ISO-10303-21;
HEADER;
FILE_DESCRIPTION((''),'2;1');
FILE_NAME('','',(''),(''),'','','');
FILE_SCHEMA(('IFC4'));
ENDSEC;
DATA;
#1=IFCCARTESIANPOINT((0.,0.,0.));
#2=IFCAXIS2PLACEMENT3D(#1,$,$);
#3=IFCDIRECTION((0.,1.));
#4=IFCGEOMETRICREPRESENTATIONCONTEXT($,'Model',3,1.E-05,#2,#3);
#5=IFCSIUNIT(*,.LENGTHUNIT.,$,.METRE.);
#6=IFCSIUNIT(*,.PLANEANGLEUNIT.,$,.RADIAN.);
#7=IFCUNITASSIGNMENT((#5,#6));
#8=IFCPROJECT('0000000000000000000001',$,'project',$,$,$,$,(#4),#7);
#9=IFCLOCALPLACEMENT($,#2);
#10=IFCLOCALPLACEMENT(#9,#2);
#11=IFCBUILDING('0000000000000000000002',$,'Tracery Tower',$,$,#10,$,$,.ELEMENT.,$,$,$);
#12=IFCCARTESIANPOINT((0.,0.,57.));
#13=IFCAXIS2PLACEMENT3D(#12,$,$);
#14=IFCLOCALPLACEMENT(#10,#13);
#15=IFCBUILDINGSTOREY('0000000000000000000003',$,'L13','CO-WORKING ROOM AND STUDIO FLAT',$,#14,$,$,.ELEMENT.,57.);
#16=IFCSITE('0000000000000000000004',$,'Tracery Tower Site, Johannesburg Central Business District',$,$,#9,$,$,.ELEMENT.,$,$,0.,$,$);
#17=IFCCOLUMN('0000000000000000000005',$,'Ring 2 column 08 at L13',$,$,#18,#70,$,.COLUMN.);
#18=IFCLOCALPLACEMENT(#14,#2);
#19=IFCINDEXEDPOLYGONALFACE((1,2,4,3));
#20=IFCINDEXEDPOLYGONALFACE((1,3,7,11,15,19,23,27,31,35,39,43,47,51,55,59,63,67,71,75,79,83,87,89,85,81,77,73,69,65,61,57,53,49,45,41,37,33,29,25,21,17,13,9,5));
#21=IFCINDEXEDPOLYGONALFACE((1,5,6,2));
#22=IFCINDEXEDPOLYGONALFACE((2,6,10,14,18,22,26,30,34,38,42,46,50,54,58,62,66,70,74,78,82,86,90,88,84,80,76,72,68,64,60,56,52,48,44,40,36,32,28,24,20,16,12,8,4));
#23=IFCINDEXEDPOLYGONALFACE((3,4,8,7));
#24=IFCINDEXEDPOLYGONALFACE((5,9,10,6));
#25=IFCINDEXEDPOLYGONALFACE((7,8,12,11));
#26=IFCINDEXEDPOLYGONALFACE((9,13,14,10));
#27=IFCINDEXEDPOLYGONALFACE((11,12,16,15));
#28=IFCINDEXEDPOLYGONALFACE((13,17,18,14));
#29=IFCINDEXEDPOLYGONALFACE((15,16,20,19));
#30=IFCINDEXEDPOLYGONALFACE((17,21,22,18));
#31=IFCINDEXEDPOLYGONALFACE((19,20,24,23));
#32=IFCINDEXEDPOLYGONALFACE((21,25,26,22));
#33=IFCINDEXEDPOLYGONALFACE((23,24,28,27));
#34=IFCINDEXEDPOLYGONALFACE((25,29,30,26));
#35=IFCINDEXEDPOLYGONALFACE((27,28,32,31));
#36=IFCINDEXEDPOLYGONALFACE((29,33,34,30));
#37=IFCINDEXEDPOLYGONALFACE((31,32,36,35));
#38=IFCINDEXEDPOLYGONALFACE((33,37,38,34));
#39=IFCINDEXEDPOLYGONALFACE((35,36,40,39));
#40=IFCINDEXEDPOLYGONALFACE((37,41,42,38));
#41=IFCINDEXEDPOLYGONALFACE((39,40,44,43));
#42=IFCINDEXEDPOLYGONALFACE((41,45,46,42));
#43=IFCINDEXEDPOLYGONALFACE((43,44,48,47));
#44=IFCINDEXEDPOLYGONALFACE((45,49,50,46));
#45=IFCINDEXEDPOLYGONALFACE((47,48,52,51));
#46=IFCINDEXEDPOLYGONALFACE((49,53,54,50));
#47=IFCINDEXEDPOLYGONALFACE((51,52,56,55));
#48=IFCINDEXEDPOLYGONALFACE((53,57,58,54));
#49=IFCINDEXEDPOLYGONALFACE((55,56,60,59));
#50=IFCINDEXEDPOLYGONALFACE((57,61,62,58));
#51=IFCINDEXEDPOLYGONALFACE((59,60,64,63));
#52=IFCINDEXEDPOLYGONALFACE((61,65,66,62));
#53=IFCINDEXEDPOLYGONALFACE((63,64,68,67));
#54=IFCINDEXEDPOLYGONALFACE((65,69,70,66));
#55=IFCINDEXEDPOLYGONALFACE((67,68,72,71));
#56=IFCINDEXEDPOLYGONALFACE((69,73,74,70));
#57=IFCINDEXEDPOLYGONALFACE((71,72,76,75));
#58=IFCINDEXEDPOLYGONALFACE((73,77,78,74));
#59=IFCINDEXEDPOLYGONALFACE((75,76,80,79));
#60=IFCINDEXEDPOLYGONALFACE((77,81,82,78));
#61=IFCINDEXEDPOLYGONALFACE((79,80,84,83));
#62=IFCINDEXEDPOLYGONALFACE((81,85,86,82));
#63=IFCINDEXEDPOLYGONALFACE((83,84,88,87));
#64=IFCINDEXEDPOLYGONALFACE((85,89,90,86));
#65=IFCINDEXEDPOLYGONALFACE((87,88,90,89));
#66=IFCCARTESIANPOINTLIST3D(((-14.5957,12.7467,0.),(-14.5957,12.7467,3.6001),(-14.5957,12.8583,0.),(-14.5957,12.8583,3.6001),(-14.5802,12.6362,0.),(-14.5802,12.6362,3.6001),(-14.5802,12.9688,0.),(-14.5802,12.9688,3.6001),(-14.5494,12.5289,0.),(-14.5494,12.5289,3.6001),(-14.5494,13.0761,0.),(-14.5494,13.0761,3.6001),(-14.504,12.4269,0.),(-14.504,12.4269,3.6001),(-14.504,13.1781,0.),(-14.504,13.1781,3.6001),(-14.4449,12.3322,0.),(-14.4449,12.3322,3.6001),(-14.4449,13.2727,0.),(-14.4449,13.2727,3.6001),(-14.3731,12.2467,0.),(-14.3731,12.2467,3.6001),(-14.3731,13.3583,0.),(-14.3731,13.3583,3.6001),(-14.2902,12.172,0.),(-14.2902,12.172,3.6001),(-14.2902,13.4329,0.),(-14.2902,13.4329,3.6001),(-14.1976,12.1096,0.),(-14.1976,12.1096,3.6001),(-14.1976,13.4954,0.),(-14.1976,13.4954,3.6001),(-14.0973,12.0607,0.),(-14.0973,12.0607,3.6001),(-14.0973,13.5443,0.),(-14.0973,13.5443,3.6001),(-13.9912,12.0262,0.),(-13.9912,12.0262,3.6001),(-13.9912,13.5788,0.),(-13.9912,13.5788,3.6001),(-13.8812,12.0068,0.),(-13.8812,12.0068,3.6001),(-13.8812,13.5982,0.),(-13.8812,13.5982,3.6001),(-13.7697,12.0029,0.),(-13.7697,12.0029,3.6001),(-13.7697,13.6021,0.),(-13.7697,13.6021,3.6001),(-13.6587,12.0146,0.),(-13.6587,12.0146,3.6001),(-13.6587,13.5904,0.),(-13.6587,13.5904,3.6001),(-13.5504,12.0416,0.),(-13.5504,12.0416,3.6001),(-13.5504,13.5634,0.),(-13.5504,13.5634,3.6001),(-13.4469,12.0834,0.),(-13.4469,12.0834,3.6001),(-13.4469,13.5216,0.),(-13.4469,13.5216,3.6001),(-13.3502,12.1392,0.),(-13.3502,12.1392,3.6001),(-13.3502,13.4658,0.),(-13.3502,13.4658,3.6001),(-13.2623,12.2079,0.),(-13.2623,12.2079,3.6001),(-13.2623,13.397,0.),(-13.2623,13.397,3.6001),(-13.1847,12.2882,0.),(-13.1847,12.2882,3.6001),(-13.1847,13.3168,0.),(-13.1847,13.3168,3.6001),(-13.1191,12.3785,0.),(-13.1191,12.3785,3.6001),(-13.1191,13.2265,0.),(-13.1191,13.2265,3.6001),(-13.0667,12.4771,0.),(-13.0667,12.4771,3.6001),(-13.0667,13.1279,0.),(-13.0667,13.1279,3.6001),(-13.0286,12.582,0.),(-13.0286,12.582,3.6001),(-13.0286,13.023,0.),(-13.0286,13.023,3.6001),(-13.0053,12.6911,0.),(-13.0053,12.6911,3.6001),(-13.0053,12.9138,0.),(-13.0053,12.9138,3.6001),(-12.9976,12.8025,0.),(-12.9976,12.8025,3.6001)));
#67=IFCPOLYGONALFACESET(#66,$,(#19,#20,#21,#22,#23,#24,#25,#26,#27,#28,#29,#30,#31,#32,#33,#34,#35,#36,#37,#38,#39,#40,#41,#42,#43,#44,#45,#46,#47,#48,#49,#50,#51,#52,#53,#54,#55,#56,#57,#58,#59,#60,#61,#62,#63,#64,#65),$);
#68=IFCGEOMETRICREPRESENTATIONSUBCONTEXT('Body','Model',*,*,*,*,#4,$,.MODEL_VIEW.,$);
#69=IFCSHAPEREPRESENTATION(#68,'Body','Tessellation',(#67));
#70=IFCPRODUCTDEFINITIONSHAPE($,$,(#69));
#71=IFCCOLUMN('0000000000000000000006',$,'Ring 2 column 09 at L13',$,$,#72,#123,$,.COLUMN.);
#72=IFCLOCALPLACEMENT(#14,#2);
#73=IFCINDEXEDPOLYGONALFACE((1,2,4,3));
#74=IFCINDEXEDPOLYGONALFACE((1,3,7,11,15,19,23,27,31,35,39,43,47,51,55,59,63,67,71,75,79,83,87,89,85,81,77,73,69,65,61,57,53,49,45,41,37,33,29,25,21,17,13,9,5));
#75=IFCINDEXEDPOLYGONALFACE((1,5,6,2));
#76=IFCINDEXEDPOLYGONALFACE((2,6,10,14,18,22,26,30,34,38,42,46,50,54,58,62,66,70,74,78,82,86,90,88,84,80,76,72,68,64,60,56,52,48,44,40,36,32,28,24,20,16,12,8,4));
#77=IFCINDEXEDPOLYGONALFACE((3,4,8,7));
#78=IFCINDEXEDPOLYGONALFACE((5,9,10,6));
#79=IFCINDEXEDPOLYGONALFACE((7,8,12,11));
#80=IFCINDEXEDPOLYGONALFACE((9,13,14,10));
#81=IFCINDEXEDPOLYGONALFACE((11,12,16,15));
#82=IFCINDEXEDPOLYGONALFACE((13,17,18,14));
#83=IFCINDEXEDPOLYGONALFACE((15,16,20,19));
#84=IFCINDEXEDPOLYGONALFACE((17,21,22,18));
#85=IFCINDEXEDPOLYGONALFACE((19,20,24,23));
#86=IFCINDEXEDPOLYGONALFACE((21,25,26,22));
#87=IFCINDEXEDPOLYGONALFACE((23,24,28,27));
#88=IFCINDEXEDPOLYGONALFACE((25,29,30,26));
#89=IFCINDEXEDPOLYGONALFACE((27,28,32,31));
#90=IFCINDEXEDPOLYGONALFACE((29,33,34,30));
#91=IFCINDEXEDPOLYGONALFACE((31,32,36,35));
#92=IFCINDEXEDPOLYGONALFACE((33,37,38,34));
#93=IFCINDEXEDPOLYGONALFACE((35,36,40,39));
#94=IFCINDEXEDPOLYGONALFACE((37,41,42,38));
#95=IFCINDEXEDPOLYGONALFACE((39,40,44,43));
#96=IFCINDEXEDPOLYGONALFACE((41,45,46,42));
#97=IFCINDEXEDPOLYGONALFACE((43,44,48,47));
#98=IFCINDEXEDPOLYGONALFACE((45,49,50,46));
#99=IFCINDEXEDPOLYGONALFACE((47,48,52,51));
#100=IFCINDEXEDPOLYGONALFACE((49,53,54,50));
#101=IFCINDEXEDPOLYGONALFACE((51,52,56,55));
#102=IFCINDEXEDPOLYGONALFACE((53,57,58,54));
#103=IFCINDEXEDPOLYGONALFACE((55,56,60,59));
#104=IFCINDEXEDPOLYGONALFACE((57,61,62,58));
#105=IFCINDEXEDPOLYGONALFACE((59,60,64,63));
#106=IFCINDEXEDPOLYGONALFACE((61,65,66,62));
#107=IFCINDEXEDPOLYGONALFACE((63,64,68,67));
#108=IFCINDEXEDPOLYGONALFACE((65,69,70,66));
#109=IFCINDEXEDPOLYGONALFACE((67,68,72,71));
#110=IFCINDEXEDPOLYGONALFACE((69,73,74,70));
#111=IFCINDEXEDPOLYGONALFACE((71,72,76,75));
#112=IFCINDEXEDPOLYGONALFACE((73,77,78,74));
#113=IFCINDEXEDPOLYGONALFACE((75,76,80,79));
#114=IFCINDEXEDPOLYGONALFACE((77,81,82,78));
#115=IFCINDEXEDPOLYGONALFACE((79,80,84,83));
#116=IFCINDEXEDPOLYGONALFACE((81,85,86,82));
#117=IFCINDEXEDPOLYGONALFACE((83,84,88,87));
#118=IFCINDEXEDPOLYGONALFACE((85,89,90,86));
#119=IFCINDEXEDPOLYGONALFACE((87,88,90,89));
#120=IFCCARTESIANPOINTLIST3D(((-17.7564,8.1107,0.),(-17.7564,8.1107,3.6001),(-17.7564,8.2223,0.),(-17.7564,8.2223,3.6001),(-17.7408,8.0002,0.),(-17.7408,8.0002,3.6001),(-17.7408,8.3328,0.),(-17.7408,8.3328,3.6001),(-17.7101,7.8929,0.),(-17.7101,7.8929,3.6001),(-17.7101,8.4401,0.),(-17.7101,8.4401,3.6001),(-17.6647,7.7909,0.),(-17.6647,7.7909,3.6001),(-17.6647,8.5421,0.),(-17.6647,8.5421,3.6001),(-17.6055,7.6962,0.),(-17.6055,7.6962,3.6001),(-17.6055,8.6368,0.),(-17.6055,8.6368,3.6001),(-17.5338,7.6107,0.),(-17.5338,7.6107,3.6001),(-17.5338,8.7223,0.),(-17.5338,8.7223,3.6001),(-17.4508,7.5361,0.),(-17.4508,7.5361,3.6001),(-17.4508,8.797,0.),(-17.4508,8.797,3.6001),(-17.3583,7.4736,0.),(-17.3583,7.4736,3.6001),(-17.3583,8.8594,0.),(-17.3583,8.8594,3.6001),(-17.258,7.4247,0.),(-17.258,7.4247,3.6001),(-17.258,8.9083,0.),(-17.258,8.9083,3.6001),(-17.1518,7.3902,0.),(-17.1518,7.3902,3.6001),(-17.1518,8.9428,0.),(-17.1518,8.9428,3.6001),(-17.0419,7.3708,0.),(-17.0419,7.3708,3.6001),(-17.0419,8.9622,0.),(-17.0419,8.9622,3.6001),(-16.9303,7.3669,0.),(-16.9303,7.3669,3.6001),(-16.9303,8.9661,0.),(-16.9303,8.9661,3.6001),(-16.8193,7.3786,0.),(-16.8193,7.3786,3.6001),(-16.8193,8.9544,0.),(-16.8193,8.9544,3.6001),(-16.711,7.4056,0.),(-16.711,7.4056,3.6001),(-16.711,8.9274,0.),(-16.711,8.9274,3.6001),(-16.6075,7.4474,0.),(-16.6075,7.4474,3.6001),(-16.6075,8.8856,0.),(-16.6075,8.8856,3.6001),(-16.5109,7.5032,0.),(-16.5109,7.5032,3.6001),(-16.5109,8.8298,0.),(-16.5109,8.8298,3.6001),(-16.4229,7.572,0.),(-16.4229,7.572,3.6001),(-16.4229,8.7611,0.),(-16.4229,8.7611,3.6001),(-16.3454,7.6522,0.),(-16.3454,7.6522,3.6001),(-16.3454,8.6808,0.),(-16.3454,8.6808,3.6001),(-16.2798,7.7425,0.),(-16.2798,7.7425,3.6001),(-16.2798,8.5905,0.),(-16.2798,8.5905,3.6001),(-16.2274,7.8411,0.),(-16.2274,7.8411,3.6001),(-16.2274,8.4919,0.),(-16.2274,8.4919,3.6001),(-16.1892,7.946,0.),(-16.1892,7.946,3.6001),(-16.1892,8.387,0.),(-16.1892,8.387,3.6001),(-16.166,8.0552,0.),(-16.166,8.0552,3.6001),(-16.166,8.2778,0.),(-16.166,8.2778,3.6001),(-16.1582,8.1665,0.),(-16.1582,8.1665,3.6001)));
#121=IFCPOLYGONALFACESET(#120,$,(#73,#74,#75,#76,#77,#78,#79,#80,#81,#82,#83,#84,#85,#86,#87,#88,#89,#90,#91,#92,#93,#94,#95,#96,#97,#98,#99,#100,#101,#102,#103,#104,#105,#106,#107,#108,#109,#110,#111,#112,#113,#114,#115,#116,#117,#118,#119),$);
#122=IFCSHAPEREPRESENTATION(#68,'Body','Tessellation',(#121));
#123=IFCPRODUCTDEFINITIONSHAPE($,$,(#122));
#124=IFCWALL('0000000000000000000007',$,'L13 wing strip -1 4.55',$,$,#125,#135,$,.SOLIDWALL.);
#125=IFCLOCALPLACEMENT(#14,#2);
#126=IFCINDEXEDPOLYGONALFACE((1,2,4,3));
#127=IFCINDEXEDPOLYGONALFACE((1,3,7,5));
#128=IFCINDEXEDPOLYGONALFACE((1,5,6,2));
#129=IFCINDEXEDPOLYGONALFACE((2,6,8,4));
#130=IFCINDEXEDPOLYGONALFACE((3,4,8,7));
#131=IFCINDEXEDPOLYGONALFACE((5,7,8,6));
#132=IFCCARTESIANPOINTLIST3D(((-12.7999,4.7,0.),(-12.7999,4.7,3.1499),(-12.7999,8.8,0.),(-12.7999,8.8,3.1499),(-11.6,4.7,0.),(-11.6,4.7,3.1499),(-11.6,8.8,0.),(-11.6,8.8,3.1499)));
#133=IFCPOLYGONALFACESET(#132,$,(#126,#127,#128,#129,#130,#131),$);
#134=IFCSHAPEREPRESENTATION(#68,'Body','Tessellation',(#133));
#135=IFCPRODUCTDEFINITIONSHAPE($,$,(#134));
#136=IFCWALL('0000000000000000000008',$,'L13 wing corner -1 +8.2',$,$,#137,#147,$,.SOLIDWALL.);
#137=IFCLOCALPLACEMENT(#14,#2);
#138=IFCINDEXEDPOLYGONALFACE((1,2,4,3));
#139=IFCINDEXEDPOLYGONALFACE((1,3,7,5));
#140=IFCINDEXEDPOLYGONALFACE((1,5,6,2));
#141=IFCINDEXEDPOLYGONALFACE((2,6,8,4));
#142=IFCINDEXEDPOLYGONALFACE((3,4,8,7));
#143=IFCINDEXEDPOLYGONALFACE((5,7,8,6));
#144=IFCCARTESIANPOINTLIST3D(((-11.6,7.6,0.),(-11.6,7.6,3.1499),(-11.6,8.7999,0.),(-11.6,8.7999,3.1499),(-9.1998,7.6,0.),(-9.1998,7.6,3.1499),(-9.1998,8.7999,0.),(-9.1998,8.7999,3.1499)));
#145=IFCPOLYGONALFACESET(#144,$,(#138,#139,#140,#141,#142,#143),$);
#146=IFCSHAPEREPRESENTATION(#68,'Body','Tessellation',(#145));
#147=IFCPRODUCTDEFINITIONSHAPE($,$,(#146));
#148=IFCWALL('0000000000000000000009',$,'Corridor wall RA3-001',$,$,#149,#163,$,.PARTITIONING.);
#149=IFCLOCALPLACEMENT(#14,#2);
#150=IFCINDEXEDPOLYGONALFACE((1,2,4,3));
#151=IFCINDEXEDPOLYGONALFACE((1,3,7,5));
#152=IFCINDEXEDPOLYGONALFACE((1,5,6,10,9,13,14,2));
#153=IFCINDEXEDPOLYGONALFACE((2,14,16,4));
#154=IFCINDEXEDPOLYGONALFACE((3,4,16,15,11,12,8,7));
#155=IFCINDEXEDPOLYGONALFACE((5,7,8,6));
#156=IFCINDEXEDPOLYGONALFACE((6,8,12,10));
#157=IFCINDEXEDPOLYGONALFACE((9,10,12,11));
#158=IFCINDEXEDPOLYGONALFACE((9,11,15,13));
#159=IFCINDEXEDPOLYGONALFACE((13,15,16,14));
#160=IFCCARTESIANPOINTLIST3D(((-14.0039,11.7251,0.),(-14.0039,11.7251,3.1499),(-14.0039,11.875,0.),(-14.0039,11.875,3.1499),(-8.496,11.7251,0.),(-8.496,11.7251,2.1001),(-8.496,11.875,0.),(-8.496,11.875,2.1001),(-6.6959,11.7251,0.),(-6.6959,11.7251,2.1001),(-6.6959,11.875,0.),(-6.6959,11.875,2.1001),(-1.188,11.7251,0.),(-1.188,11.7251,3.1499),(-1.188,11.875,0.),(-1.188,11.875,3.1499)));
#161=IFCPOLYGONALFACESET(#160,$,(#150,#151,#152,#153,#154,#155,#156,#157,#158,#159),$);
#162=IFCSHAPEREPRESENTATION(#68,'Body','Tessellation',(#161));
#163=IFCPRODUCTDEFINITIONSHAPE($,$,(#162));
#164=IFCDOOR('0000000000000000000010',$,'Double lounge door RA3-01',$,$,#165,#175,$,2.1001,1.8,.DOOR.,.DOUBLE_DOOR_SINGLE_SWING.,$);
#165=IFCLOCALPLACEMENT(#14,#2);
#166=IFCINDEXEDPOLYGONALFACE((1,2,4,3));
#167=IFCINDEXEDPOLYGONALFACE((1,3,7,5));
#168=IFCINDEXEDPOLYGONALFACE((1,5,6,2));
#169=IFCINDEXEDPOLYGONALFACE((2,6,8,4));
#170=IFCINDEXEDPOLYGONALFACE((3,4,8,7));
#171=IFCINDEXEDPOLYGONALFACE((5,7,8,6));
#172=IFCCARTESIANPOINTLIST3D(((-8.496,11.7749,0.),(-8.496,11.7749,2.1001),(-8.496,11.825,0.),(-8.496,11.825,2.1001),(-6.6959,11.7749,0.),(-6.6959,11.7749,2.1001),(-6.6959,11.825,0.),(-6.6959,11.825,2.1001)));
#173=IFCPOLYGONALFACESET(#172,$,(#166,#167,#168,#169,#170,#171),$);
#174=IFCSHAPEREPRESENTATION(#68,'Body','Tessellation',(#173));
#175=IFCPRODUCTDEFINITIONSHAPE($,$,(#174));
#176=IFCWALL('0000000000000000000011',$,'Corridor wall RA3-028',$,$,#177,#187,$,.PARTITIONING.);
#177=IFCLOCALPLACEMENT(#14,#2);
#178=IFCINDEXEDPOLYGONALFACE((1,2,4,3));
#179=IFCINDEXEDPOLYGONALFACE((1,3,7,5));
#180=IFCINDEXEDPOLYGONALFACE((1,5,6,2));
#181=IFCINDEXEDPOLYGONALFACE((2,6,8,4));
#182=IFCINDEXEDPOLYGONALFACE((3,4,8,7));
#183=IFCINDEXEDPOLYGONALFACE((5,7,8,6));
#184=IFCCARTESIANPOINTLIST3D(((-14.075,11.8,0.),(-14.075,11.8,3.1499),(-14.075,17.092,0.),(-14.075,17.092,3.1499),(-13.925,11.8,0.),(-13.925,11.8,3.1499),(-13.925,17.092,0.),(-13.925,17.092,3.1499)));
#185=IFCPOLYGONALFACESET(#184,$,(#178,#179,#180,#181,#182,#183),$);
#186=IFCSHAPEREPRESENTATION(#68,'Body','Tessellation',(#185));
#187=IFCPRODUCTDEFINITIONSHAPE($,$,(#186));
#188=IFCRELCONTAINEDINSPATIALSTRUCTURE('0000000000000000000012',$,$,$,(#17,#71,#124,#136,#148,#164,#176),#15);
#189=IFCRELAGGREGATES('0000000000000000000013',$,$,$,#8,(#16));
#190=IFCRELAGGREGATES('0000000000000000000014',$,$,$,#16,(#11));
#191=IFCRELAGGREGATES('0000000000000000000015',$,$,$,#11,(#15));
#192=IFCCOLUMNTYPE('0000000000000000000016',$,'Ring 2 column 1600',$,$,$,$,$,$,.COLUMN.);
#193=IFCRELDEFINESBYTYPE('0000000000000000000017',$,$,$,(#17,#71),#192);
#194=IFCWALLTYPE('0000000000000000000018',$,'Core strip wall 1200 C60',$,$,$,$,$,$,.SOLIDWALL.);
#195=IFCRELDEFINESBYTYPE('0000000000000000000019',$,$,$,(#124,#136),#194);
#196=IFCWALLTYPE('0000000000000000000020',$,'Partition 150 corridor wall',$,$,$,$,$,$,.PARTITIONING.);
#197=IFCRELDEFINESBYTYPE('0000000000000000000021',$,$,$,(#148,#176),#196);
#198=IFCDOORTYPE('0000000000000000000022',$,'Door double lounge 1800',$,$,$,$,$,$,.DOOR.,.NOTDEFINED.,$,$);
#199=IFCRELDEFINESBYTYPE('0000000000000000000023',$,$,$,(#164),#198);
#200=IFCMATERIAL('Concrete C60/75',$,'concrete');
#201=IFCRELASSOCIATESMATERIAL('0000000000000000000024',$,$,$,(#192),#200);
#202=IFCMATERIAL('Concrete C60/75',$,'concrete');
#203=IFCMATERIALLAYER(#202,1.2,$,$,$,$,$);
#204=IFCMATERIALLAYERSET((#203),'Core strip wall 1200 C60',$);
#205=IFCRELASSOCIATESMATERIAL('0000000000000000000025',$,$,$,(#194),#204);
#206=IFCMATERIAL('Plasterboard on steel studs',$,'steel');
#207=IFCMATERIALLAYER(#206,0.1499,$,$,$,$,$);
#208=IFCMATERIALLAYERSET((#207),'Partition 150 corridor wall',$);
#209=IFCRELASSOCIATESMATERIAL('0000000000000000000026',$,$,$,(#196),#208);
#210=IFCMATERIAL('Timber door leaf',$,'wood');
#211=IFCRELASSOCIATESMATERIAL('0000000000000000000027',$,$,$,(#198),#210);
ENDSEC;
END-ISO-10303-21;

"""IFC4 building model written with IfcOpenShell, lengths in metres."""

from ifc_helpers import new_model, si_unit, direction, frame, frame_2d, origin, origin_2d, place, context, subcontext, project, spatial, rectangle, circle, extrude, material, layer, layer_set, material_profile, profile_set, type_object, element, fill, save


model = new_model("IFC4")

# Units and contexts
model_context = context("Model", 3, precision=1e-05, world=origin(), true_north=direction((0.0, 1.0)))
body_context = subcontext(model_context, "Body", "Model", "MODEL_VIEW")
ifc_project = project(units=[si_unit("LENGTHUNIT", "METRE"), si_unit("PLANEANGLEUNIT", "RADIAN")], contexts=[model_context])

# Site, building, storey
site_placement = place(None, origin())
site = spatial("IfcSite", under=ifc_project, at=site_placement, Name="Tracery Tower Site, Johannesburg Central Business District", CompositionType="ELEMENT", RefElevation=0.0)
building_placement = place(site_placement, origin())
building = spatial("IfcBuilding", under=site, at=building_placement, Name="Tracery Tower", CompositionType="ELEMENT")
storey_placement = place(building_placement, frame((0.0, 0.0, 57.0)))
storey = spatial("IfcBuildingStorey", under=building, at=storey_placement, Name="L13", Description="CO-WORKING ROOM AND STUDIO FLAT", CompositionType="ELEMENT", Elevation=57.0)

# Columns
ifc_material_1 = material(Name="Concrete C60/75", Category="concrete")
ifc_material_profile = material_profile(ifc_material_1, circle(Radius=0.8, at=origin_2d()), Name="RC D1600")
ifc_profile_set = profile_set([ifc_material_profile], Name="Concrete C60/75")
column_type = type_object("IfcColumnType", Name="Ring 2 column 1600", PredefinedType="COLUMN", material=ifc_profile_set)
for number, where, z_axis, x_axis, name in (
    (1, (-13.7976, 12.8025, 0.0), (0.0, 0.0, 1.0), (1.0, 0.0, 0.0), "Ring 2 column 08 at L13"),
    (2, (-16.9583, 8.1665, 0.0), (0.0, 0.0, 1.0), (1.0, 0.0, 0.0), "Ring 2 column 09 at L13"),
):
    element("IfcColumn", number, at=place(storey_placement, frame(where, z_axis=z_axis, x_axis=x_axis)), inside=storey, type_object=column_type, Name=name, PredefinedType="COLUMN", context=body_context, shape_type="SweptSolid", body=[
        extrude(circle(Radius=0.8, at=origin_2d()), origin(), (0.0, 0.0, 1.0), 3.6001),
    ])

# Walls
ifc_material_2 = material(Name="Concrete C60/75", Category="concrete")
ifc_layer_1 = layer(ifc_material_2, 1.2)
ifc_layer_set_1 = layer_set([ifc_layer_1], Name="Core strip wall 1200 C60")
wall_type_1 = type_object("IfcWallType", Name="Core strip wall 1200 C60", PredefinedType="SOLIDWALL", material=ifc_layer_set_1)
wall_1_placement = place(storey_placement, frame((-12.2, 4.7, 0.0), z_axis=(0.0, 0.0, 1.0), x_axis=(0.0, 1.0, 0.0)))
element("IfcWall", 3, at=wall_1_placement, inside=storey, type_object=wall_type_1, Name="L13 wing strip -1 4.55", PredefinedType="SOLIDWALL", context=body_context, shape_type="SweptSolid", body=[
    extrude(rectangle(XDim=4.1001, YDim=1.2, at=frame_2d((2.05, 0.0))), origin(), (0.0, 0.0, 1.0), 3.1499),
])
wall_2_placement = place(storey_placement, frame((-11.6001, 8.2, 0.0), z_axis=(0.0, 0.0, 1.0), x_axis=(1.0, 0.0, 0.0)))
element("IfcWall", 4, at=wall_2_placement, inside=storey, type_object=wall_type_1, Name="L13 wing corner -1 +8.2", PredefinedType="SOLIDWALL", context=body_context, shape_type="SweptSolid", body=[
    extrude(rectangle(XDim=2.4001, YDim=1.2, at=frame_2d((1.2002, 0.0))), origin(), (0.0, 0.0, 1.0), 3.1499),
])

# Wall, opening, door
ifc_material_3 = material(Name="Plasterboard on steel studs", Category="steel")
ifc_layer_2 = layer(ifc_material_3, 0.1499)
ifc_layer_set_2 = layer_set([ifc_layer_2], Name="Partition 150 corridor wall")
wall_type_2 = type_object("IfcWallType", Name="Partition 150 corridor wall", PredefinedType="PARTITIONING", material=ifc_layer_set_2)
wall_3_placement = place(storey_placement, frame((-14.0039, 11.8, 0.0), z_axis=(0.0, 0.0, 1.0), x_axis=(1.0, 0.0, 0.0)))
wall_3 = element("IfcWall", 5, at=wall_3_placement, inside=storey, type_object=wall_type_2, Name="Corridor wall RA3-001", PredefinedType="PARTITIONING", context=body_context, shape_type="SweptSolid", body=[
    extrude(rectangle(XDim=12.8159, YDim=0.1499, at=frame_2d((6.408, 0.0))), origin(), (0.0, 0.0, 1.0), 3.1499),
])
opening_1_placement = place(wall_3_placement, frame((5.5081, 0.0, 0.0)))
opening_1 = element("IfcOpeningElement", 6, at=opening_1_placement, cuts=wall_3, PredefinedType="OPENING", context=body_context, shape_type="SweptSolid", body=[
    extrude(rectangle(XDim=1.8, YDim=2.1001, at=frame_2d((0.8999, 1.05))), frame((0.0, 0.075, 0.0), z_axis=(0.0, -1.0, 0.0), x_axis=(1.0, 0.0, 0.0)), (0.0, 0.0, 1.0), 0.1499),
])
ifc_material_4 = material(Name="Timber door leaf", Category="wood")
door_type_1 = type_object("IfcDoorType", Name="Door double lounge 1800", OperationType="NOTDEFINED", PredefinedType="DOOR", material=ifc_material_4)
door_1_placement = place(opening_1_placement, origin())
door_1 = element("IfcDoor", 7, at=door_1_placement, inside=storey, type_object=door_type_1, Name="Double lounge door RA3-01", OperationType="DOUBLE_DOOR_SINGLE_SWING", OverallHeight=2.1001, OverallWidth=1.8, PredefinedType="DOOR", context=body_context, shape_type="SweptSolid", body=[
    extrude(rectangle(XDim=1.8, YDim=2.1001, at=frame_2d((0.8999, 1.05))), frame((0.0, 0.0249, 0.0), z_axis=(0.0, -1.0, 0.0), x_axis=(1.0, 0.0, 0.0)), (0.0, 0.0, 1.0), 0.05),
])
fill(opening_1, door_1)

# Wall
wall_4_placement = place(storey_placement, frame((-14.0, 11.8, 0.0), z_axis=(0.0, 0.0, 1.0), x_axis=(0.0, 1.0, 0.0)))
element("IfcWall", 8, at=wall_4_placement, inside=storey, type_object=wall_type_2, Name="Corridor wall RA3-028", PredefinedType="PARTITIONING", context=body_context, shape_type="SweptSolid", body=[
    extrude(rectangle(XDim=5.292, YDim=0.1499, at=frame_2d((2.646, 0.0))), origin(), (0.0, 0.0, 1.0), 3.1499),
])

save(model, "model.ifc")
